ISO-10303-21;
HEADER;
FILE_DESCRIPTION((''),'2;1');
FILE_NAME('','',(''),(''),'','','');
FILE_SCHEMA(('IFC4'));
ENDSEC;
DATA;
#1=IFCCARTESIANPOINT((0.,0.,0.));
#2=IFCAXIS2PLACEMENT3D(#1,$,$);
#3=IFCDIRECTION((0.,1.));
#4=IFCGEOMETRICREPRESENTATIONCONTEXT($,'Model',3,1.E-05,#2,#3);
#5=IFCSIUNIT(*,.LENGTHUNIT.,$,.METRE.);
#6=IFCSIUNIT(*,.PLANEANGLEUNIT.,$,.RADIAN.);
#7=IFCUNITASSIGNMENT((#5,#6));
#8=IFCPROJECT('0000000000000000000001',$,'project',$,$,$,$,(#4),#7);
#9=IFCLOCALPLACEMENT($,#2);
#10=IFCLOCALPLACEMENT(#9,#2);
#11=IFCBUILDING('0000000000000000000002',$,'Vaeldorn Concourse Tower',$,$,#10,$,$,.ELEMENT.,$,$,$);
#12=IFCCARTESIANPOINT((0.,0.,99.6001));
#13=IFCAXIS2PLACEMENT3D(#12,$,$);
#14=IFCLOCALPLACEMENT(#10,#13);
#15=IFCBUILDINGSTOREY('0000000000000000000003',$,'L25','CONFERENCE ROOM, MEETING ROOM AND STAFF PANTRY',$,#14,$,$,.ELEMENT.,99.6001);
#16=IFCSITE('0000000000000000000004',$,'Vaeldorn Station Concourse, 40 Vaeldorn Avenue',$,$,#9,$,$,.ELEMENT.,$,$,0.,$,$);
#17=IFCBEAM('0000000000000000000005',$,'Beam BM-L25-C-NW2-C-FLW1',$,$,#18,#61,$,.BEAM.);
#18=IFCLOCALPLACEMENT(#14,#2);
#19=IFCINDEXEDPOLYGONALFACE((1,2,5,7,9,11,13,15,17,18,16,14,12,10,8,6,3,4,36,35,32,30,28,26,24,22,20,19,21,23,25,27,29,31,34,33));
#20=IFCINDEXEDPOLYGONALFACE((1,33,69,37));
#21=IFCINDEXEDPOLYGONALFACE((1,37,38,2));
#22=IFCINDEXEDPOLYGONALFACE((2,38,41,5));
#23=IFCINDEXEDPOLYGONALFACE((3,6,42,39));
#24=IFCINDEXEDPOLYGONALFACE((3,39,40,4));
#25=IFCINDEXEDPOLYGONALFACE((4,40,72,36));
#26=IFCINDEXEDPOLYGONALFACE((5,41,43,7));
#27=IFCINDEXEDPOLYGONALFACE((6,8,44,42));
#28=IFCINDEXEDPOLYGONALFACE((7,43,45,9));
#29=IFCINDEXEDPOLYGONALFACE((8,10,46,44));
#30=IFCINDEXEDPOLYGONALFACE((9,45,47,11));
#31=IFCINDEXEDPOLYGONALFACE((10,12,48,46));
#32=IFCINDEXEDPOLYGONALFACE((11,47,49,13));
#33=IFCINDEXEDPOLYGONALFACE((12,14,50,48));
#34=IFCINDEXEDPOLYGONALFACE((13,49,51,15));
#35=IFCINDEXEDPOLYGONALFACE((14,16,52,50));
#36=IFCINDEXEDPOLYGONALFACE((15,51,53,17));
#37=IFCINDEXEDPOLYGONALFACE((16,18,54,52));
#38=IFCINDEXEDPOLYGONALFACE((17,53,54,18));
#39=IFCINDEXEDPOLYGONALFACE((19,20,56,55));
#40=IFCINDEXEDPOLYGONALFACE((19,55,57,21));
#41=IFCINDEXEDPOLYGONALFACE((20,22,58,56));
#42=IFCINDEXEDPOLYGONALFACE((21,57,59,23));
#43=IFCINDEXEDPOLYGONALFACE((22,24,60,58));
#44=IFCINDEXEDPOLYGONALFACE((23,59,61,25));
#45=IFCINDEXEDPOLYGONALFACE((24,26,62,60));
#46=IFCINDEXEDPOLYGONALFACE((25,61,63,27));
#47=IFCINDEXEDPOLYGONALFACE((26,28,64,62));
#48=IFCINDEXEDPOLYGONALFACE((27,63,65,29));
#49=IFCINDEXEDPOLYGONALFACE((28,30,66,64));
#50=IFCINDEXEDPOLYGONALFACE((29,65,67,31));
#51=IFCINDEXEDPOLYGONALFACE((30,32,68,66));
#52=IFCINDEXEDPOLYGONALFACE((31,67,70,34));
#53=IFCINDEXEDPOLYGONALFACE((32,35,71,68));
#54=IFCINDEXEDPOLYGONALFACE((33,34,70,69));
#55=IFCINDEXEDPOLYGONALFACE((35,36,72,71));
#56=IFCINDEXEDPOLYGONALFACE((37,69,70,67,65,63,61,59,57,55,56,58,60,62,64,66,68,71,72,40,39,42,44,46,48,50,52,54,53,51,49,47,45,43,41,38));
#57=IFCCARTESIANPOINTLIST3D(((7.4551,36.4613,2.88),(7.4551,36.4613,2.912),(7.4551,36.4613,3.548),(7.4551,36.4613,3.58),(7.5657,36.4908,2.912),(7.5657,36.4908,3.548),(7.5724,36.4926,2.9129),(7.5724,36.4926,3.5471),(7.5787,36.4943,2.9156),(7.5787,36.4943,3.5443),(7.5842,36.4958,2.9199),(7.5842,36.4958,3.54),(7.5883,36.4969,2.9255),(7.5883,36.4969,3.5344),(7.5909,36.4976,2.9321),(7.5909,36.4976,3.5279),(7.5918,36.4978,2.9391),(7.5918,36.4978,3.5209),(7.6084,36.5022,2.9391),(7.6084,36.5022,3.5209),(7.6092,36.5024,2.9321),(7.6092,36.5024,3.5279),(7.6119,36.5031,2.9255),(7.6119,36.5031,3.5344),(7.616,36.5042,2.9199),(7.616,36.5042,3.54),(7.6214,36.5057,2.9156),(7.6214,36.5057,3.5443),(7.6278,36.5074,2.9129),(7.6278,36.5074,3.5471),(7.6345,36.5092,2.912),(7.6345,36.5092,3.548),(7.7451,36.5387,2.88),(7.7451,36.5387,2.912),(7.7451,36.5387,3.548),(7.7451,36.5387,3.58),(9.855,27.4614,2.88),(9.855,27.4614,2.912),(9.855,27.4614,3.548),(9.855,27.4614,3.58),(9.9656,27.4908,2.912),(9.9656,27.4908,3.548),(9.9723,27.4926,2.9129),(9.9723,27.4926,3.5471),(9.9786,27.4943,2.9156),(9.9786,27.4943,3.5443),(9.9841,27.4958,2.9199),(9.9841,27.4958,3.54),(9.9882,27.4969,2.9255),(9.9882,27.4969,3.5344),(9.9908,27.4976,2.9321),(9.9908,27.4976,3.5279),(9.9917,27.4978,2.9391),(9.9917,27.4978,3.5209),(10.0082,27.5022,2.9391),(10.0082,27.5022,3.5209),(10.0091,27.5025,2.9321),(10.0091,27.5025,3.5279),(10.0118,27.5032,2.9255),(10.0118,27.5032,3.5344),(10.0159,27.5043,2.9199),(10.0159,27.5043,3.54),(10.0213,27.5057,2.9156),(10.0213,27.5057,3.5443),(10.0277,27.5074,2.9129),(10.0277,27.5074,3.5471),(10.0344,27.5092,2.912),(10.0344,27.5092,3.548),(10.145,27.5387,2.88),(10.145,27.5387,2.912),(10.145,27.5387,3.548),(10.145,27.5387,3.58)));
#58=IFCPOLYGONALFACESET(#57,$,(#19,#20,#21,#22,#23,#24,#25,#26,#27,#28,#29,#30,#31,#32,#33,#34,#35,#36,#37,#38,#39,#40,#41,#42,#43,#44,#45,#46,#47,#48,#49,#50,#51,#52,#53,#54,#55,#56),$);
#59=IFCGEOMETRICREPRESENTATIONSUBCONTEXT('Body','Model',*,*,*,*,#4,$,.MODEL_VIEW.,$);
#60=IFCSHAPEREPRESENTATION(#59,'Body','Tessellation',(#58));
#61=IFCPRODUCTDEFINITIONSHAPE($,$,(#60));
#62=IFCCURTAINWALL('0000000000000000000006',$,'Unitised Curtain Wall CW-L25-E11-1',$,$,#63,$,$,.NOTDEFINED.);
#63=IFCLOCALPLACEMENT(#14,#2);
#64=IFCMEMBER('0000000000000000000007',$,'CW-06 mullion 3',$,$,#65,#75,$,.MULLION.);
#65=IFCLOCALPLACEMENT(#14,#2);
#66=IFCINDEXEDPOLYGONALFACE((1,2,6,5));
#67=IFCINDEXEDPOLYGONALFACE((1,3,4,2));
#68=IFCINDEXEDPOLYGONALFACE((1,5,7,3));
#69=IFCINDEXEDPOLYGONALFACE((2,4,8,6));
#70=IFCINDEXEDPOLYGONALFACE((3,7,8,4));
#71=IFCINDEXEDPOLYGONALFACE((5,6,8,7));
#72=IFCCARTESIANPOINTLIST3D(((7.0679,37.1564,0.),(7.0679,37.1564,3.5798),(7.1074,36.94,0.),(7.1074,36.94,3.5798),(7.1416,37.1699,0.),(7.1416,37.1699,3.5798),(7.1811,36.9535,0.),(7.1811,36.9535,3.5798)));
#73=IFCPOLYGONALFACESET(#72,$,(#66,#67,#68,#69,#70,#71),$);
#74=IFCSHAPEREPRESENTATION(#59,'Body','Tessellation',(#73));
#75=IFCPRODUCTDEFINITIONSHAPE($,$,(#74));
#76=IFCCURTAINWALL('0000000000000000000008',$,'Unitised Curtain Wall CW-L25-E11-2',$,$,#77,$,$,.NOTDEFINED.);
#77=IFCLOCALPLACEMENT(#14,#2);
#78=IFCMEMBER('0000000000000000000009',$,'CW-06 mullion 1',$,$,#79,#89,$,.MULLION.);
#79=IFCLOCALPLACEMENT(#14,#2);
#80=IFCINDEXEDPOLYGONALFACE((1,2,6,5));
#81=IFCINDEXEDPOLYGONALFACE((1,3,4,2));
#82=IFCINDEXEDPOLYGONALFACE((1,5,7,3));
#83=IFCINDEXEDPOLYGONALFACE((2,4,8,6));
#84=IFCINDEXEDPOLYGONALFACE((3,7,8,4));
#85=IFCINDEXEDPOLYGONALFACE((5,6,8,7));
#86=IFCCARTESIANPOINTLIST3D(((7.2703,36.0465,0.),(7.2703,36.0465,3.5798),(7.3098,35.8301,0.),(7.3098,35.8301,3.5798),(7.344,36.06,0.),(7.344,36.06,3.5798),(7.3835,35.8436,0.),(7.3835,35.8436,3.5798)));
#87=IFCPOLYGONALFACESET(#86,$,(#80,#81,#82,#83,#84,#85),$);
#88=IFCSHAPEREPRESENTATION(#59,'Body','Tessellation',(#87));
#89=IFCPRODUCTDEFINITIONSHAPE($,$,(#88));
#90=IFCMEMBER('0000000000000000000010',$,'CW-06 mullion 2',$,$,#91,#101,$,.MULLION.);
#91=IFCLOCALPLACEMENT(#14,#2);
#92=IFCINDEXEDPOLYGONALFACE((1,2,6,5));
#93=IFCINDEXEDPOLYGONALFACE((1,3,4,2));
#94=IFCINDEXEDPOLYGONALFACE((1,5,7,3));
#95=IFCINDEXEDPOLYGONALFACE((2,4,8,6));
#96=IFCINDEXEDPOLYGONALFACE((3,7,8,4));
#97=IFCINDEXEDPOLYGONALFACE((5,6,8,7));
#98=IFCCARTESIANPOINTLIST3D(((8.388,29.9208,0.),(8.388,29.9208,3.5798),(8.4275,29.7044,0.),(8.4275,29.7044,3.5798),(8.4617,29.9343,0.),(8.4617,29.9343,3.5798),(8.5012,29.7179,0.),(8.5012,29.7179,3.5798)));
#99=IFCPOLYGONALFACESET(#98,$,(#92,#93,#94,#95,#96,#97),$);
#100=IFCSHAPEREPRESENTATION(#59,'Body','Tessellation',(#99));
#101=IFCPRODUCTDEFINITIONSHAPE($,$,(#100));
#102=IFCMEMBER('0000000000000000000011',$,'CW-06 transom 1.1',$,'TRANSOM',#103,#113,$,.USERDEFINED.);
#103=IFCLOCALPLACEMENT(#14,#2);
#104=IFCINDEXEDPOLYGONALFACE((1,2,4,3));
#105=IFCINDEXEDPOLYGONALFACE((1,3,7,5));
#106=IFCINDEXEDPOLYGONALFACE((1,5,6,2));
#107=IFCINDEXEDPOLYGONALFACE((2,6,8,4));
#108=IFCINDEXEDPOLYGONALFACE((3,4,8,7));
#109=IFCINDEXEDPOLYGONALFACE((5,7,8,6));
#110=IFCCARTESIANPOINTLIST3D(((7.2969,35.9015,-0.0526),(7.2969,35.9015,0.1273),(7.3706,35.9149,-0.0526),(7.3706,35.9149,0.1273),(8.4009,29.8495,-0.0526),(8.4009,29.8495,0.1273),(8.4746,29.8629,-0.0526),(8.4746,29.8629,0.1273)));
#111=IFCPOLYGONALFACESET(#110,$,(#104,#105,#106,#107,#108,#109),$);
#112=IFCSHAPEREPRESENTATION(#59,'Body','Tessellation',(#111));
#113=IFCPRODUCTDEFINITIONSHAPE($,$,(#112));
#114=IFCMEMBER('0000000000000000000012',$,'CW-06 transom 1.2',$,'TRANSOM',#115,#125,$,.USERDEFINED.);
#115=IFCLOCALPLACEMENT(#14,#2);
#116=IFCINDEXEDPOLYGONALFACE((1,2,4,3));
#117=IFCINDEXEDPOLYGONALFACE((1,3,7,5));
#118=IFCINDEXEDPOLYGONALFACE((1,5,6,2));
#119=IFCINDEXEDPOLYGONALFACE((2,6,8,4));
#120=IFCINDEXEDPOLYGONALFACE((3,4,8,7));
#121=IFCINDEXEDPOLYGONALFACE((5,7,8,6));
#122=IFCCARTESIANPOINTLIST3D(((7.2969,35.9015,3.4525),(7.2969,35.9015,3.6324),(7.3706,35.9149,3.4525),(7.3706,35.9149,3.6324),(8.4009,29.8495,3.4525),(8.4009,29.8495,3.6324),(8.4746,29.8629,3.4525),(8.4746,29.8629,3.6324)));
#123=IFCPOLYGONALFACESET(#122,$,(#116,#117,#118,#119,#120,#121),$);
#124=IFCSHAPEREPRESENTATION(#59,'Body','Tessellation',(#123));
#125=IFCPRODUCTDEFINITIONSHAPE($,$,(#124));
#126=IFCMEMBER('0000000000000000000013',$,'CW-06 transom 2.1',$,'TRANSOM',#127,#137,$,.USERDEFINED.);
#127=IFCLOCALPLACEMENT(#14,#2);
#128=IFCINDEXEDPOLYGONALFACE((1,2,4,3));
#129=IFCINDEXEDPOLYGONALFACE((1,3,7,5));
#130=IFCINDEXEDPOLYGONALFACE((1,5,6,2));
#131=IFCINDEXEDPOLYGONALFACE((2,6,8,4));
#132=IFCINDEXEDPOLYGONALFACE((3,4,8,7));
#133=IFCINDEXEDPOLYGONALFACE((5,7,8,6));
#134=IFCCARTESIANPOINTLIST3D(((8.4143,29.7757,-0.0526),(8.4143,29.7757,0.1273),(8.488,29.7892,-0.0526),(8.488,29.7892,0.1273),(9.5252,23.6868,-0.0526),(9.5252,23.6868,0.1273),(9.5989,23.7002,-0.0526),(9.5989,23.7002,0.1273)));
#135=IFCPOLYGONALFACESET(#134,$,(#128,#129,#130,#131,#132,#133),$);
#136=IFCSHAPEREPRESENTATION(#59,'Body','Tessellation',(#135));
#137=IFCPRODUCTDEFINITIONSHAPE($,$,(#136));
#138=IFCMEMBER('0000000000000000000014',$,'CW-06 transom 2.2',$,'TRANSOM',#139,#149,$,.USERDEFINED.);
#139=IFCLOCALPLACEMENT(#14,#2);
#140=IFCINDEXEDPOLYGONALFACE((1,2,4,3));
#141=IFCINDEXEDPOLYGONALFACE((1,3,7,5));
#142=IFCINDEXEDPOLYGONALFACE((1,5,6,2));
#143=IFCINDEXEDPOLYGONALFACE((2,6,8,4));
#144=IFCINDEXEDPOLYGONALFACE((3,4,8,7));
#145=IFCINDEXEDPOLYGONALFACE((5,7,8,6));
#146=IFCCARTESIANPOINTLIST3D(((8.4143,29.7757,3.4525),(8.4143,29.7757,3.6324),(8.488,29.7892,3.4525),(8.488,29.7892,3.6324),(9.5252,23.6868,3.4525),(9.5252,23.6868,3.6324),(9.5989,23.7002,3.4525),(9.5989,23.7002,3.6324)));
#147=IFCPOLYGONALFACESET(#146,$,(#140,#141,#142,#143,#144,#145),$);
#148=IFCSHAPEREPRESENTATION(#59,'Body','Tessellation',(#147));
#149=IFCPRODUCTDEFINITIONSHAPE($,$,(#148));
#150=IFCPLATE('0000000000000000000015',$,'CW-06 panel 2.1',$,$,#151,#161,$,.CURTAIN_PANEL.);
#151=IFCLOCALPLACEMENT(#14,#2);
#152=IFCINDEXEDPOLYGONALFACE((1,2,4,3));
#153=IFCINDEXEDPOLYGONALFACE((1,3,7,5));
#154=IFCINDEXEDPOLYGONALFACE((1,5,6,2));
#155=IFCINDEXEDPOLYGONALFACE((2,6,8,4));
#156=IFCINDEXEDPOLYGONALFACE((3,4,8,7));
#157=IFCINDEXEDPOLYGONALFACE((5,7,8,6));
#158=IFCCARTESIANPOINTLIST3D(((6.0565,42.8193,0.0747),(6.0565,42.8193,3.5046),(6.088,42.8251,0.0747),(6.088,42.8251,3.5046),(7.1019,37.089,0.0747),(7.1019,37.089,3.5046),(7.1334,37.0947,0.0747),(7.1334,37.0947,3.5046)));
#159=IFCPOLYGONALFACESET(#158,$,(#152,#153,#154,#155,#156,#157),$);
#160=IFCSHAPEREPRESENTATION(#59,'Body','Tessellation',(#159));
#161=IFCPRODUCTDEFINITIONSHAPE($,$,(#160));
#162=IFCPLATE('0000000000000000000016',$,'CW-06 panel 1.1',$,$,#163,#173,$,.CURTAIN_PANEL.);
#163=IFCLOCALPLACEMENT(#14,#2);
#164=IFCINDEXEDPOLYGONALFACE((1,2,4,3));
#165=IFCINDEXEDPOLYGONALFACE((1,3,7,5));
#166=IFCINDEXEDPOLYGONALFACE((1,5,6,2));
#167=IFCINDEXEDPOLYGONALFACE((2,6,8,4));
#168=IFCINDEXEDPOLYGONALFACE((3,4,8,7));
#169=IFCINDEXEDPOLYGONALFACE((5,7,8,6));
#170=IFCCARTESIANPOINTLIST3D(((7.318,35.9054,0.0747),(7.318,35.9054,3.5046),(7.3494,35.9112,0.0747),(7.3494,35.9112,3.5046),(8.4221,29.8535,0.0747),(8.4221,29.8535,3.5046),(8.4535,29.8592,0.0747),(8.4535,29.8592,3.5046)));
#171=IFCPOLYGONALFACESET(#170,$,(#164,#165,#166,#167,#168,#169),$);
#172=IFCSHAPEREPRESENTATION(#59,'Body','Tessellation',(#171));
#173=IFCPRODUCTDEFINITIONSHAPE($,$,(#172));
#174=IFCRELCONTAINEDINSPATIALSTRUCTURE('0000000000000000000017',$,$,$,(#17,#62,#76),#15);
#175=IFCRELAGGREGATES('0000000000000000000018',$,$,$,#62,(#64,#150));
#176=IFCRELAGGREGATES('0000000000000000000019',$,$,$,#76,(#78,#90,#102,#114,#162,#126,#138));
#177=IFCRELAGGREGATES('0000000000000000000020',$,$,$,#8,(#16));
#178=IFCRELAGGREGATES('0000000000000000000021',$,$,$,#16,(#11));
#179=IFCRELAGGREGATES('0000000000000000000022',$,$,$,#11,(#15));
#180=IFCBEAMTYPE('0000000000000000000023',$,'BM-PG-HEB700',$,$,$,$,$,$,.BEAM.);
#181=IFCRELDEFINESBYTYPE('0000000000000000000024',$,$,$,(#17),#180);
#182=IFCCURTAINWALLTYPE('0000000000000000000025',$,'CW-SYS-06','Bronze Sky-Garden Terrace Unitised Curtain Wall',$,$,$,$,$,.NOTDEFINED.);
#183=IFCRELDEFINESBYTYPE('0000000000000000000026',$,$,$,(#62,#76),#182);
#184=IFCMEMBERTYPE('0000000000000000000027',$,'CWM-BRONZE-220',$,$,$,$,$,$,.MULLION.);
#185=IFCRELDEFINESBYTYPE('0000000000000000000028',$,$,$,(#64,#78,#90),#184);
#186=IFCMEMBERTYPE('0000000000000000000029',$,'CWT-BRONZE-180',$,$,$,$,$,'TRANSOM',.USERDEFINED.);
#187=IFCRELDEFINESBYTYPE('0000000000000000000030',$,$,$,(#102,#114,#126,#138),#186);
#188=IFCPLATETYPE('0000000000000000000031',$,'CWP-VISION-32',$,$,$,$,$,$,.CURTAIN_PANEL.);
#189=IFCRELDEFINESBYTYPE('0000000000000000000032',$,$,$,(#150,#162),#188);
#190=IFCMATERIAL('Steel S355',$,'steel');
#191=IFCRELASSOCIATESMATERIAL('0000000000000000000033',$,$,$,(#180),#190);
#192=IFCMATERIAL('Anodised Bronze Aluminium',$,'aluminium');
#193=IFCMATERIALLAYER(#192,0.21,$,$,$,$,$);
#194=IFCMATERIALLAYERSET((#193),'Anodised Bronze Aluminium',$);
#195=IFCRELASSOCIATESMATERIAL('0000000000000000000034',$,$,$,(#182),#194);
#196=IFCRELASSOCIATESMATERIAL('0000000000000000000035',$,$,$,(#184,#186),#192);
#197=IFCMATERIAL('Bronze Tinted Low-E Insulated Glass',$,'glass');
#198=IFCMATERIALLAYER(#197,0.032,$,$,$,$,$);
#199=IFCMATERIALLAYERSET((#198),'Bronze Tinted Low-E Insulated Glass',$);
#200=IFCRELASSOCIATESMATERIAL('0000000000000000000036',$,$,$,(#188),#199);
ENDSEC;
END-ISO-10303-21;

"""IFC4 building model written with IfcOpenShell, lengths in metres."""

from ifc_helpers import new_model, si_unit, direction, frame, origin, origin_2d, place, context, subcontext, project, spatial, rectangle, i_section, extrude, source, transform, mapped, material, layer, layer_set, material_profile, profile_set, type_object, element, aggregate, save


model = new_model("IFC4")

# Units and contexts
model_context = context("Model", 3, precision=1e-05, world=origin(), true_north=direction((0.0, 1.0)))
body_context = subcontext(model_context, "Body", "Model", "MODEL_VIEW")
ifc_project = project(units=[si_unit("LENGTHUNIT", "METRE"), si_unit("PLANEANGLEUNIT", "RADIAN")], contexts=[model_context])

# Site, building, storey
site_placement = place(None, origin())
site = spatial("IfcSite", under=ifc_project, at=site_placement, Name="Vaeldorn Station Concourse, 40 Vaeldorn Avenue", CompositionType="ELEMENT", RefElevation=0.0)
building_placement = place(site_placement, origin())
building = spatial("IfcBuilding", under=site, at=building_placement, Name="Vaeldorn Concourse Tower", CompositionType="ELEMENT")
storey_placement = place(building_placement, frame((0.0, 0.0, 99.6001)))
storey = spatial("IfcBuildingStorey", under=building, at=storey_placement, Name="L25", Description="CONFERENCE ROOM, MEETING ROOM AND STAFF PANTRY", CompositionType="ELEMENT", Elevation=99.6001)

# Beam
ifc_material_1 = material(Name="Steel S355", Category="steel")
ifc_material_profile_1 = material_profile(ifc_material_1, i_section(OverallWidth=0.3, OverallDepth=0.7, WebThickness=0.0171, FlangeThickness=0.032, FilletRadius=0.0271, at=origin_2d()), Name="HEB 700")
ifc_profile_set_1 = profile_set([ifc_material_profile_1], Name="Steel S355")
beam_type_1 = type_object("IfcBeamType", Name="BM-PG-HEB700", PredefinedType="BEAM", material=ifc_profile_set_1)
shared_shape_1 = source(origin(), body_context, "Body", "SweptSolid", [
    extrude(i_section(OverallWidth=0.3, OverallDepth=0.7, WebThickness=0.0171, FlangeThickness=0.032, FilletRadius=0.0271, at=origin_2d()), origin(), (0.0, 0.0, 1.0), 9.3145),
])
beam_1_placement = place(storey_placement, frame((7.6001, 36.5, 3.23), z_axis=(0.257653, -0.966238, 0.0), x_axis=(0.966238, 0.257653, 0.0)))
element("IfcBeam", 1, at=beam_1_placement, inside=storey, type_object=beam_type_1, Name="Beam BM-L25-C-NW2-C-FLW1", PredefinedType="BEAM", context=body_context, shape_type="MappedRepresentation", body=[
    mapped(shared_shape_1, transform((0.0, 0.0, 0.0), scale=1.0)),
])

# Curtain wall, member
ifc_material_2 = material(Name="Anodised Bronze Aluminium", Category="aluminium")
ifc_layer_1 = layer(ifc_material_2, 0.21)
ifc_layer_set_1 = layer_set([ifc_layer_1], Name="Anodised Bronze Aluminium")
curtain_wall_type = type_object("IfcCurtainWallType", Name="CW-SYS-06", Description="Bronze Sky-Garden Terrace Unitised Curtain Wall", PredefinedType="NOTDEFINED", material=ifc_layer_set_1)
curtain_wall_1_placement = place(storey_placement, origin())
curtain_wall_1 = element("IfcCurtainWall", 2, at=curtain_wall_1_placement, inside=storey, type_object=curtain_wall_type, Name="Unitised Curtain Wall CW-L25-E11-1", PredefinedType="NOTDEFINED")
ifc_material_profile_2 = material_profile(ifc_material_2, rectangle(XDim=0.075, YDim=0.22, at=origin_2d()), Name="CWM 75x220")
ifc_profile_set_2 = profile_set([ifc_material_profile_2], Name="Anodised Bronze Aluminium")
member_type_1 = type_object("IfcMemberType", Name="CWM-BRONZE-220", PredefinedType="MULLION", material=ifc_profile_set_2)
shared_shape_2 = source(origin(), body_context, "Body", "SweptSolid", [
    extrude(rectangle(XDim=0.075, YDim=0.22, at=origin_2d()), origin(), (0.0, 0.0, 1.0), 3.5798),
])
member_1_placement = place(storey_placement, frame((7.1245, 37.0549, 0.0), z_axis=(0.0, 0.0, 1.0), x_axis=(0.983763, 0.179472, 0.0)))
member_1 = element("IfcMember", 3, at=member_1_placement, type_object=member_type_1, Name="CW-06 mullion 3", PredefinedType="MULLION", context=body_context, shape_type="MappedRepresentation", body=[
    mapped(shared_shape_2, transform((0.0, 0.0, 0.0), scale=1.0)),
])

# Curtain wall, members
curtain_wall_2_placement = place(storey_placement, origin())
curtain_wall_2 = element("IfcCurtainWall", 4, at=curtain_wall_2_placement, inside=storey, type_object=curtain_wall_type, Name="Unitised Curtain Wall CW-L25-E11-2", PredefinedType="NOTDEFINED")
member_2_placement = place(storey_placement, frame((7.3269, 35.9451, 0.0), z_axis=(0.0, 0.0, 1.0), x_axis=(0.983763, 0.179473, 0.0)))
member_2 = element("IfcMember", 5, at=member_2_placement, type_object=member_type_1, Name="CW-06 mullion 1", PredefinedType="MULLION", context=body_context, shape_type="MappedRepresentation", body=[
    mapped(shared_shape_2, transform((0.0, 0.0, 0.0), scale=1.0)),
])
member_3_placement = place(storey_placement, frame((8.4446, 29.8193, 0.0), z_axis=(0.0, 0.0, 1.0), x_axis=(0.983763, 0.179473, 0.0)))
member_3 = element("IfcMember", 6, at=member_3_placement, type_object=member_type_1, Name="CW-06 mullion 2", PredefinedType="MULLION", context=body_context, shape_type="MappedRepresentation", body=[
    mapped(shared_shape_2, transform((0.0, 0.0, 0.0), scale=1.0)),
])
ifc_material_profile_3 = material_profile(ifc_material_2, rectangle(XDim=0.075, YDim=0.1799, at=origin_2d()), Name="CWT 75x180")
ifc_profile_set_3 = profile_set([ifc_material_profile_3], Name="Anodised Bronze Aluminium")
member_type_2 = type_object("IfcMemberType", Name="CWT-BRONZE-180", ElementType="TRANSOM", PredefinedType="USERDEFINED", material=ifc_profile_set_3)
shared_shape_3 = source(origin(), body_context, "Body", "SweptSolid", [
    extrude(rectangle(XDim=0.075, YDim=0.1799, at=origin_2d()), origin(), (0.0, 0.0, 1.0), 6.1519),
])
member_4_placement = place(storey_placement, frame((7.3337, 35.9082, 0.0374), z_axis=(0.179458, -0.983766, 0.0), x_axis=(0.983766, 0.179458, 0.0)))
member_4 = element("IfcMember", 7, at=member_4_placement, type_object=member_type_2, Name="CW-06 transom 1.1", ObjectType="TRANSOM", PredefinedType="USERDEFINED", context=body_context, shape_type="MappedRepresentation", body=[
    mapped(shared_shape_3, transform((0.0, 0.0, 0.0), scale=1.0)),
])
member_5_placement = place(storey_placement, frame((7.3337, 35.9082, 3.5425), z_axis=(0.179458, -0.983766, 0.0), x_axis=(0.983766, 0.179458, 0.0)))
member_5 = element("IfcMember", 8, at=member_5_placement, type_object=member_type_2, Name="CW-06 transom 1.2", ObjectType="TRANSOM", PredefinedType="USERDEFINED", context=body_context, shape_type="MappedRepresentation", body=[
    mapped(shared_shape_3, transform((0.0, 0.0, 0.0), scale=1.0)),
])
shared_shape_4 = source(origin(), body_context, "Body", "SweptSolid", [
    extrude(rectangle(XDim=0.075, YDim=0.1799, at=origin_2d()), origin(), (0.0, 0.0, 1.0), 6.1895),
])
member_6_placement = place(storey_placement, frame((8.4512, 29.7825, 0.0374), z_axis=(0.179476, -0.983762, 0.0), x_axis=(0.983762, 0.179476, 0.0)))
member_6 = element("IfcMember", 9, at=member_6_placement, type_object=member_type_2, Name="CW-06 transom 2.1", ObjectType="TRANSOM", PredefinedType="USERDEFINED", context=body_context, shape_type="MappedRepresentation", body=[
    mapped(shared_shape_4, transform((0.0, 0.0, 0.0), scale=1.0)),
])
member_7_placement = place(storey_placement, frame((8.4512, 29.7825, 3.5425), z_axis=(0.179476, -0.983762, 0.0), x_axis=(0.983762, 0.179476, 0.0)))
member_7 = element("IfcMember", 10, at=member_7_placement, type_object=member_type_2, Name="CW-06 transom 2.2", ObjectType="TRANSOM", PredefinedType="USERDEFINED", context=body_context, shape_type="MappedRepresentation", body=[
    mapped(shared_shape_4, transform((0.0, 0.0, 0.0), scale=1.0)),
])

# Plates
ifc_material_3 = material(Name="Bronze Tinted Low-E Insulated Glass", Category="glass")
ifc_layer_2 = layer(ifc_material_3, 0.032)
ifc_layer_set_2 = layer_set([ifc_layer_2], Name="Bronze Tinted Low-E Insulated Glass")
plate_type = type_object("IfcPlateType", Name="CWP-VISION-32", PredefinedType="CURTAIN_PANEL", material=ifc_layer_set_2)
shared_shape_5 = source(origin(), body_context, "Body", "SweptSolid", [
    extrude(rectangle(XDim=5.825, YDim=0.032, at=origin_2d()), origin(), (0.0, 0.0, 1.0), 3.4299),
])
plate_1_placement = place(storey_placement, frame((6.595, 39.957, 0.0747), z_axis=(0.0, 0.0, 1.0), x_axis=(0.179472, -0.983763, 0.0)))
plate_1 = element("IfcPlate", 11, at=plate_1_placement, type_object=plate_type, Name="CW-06 panel 2.1", PredefinedType="CURTAIN_PANEL", context=body_context, shape_type="MappedRepresentation", body=[
    mapped(shared_shape_5, transform((0.0, 0.0, 0.0), scale=1.0)),
])
aggregate(curtain_wall_1, [member_1, plate_1])
shared_shape_6 = source(origin(), body_context, "Body", "SweptSolid", [
    extrude(rectangle(XDim=6.1519, YDim=0.032, at=origin_2d()), origin(), (0.0, 0.0, 1.0), 3.4299),
])
plate_2_placement = place(storey_placement, frame((7.8857, 32.8823, 0.0747), z_axis=(0.0, 0.0, 1.0), x_axis=(0.179473, -0.983763, 0.0)))
plate_2 = element("IfcPlate", 12, at=plate_2_placement, type_object=plate_type, Name="CW-06 panel 1.1", PredefinedType="CURTAIN_PANEL", context=body_context, shape_type="MappedRepresentation", body=[
    mapped(shared_shape_6, transform((0.0, 0.0, 0.0), scale=1.0)),
])
aggregate(curtain_wall_2, [member_2, member_3, member_4, member_5, plate_2, member_6, member_7])

save(model, "model.ifc")
